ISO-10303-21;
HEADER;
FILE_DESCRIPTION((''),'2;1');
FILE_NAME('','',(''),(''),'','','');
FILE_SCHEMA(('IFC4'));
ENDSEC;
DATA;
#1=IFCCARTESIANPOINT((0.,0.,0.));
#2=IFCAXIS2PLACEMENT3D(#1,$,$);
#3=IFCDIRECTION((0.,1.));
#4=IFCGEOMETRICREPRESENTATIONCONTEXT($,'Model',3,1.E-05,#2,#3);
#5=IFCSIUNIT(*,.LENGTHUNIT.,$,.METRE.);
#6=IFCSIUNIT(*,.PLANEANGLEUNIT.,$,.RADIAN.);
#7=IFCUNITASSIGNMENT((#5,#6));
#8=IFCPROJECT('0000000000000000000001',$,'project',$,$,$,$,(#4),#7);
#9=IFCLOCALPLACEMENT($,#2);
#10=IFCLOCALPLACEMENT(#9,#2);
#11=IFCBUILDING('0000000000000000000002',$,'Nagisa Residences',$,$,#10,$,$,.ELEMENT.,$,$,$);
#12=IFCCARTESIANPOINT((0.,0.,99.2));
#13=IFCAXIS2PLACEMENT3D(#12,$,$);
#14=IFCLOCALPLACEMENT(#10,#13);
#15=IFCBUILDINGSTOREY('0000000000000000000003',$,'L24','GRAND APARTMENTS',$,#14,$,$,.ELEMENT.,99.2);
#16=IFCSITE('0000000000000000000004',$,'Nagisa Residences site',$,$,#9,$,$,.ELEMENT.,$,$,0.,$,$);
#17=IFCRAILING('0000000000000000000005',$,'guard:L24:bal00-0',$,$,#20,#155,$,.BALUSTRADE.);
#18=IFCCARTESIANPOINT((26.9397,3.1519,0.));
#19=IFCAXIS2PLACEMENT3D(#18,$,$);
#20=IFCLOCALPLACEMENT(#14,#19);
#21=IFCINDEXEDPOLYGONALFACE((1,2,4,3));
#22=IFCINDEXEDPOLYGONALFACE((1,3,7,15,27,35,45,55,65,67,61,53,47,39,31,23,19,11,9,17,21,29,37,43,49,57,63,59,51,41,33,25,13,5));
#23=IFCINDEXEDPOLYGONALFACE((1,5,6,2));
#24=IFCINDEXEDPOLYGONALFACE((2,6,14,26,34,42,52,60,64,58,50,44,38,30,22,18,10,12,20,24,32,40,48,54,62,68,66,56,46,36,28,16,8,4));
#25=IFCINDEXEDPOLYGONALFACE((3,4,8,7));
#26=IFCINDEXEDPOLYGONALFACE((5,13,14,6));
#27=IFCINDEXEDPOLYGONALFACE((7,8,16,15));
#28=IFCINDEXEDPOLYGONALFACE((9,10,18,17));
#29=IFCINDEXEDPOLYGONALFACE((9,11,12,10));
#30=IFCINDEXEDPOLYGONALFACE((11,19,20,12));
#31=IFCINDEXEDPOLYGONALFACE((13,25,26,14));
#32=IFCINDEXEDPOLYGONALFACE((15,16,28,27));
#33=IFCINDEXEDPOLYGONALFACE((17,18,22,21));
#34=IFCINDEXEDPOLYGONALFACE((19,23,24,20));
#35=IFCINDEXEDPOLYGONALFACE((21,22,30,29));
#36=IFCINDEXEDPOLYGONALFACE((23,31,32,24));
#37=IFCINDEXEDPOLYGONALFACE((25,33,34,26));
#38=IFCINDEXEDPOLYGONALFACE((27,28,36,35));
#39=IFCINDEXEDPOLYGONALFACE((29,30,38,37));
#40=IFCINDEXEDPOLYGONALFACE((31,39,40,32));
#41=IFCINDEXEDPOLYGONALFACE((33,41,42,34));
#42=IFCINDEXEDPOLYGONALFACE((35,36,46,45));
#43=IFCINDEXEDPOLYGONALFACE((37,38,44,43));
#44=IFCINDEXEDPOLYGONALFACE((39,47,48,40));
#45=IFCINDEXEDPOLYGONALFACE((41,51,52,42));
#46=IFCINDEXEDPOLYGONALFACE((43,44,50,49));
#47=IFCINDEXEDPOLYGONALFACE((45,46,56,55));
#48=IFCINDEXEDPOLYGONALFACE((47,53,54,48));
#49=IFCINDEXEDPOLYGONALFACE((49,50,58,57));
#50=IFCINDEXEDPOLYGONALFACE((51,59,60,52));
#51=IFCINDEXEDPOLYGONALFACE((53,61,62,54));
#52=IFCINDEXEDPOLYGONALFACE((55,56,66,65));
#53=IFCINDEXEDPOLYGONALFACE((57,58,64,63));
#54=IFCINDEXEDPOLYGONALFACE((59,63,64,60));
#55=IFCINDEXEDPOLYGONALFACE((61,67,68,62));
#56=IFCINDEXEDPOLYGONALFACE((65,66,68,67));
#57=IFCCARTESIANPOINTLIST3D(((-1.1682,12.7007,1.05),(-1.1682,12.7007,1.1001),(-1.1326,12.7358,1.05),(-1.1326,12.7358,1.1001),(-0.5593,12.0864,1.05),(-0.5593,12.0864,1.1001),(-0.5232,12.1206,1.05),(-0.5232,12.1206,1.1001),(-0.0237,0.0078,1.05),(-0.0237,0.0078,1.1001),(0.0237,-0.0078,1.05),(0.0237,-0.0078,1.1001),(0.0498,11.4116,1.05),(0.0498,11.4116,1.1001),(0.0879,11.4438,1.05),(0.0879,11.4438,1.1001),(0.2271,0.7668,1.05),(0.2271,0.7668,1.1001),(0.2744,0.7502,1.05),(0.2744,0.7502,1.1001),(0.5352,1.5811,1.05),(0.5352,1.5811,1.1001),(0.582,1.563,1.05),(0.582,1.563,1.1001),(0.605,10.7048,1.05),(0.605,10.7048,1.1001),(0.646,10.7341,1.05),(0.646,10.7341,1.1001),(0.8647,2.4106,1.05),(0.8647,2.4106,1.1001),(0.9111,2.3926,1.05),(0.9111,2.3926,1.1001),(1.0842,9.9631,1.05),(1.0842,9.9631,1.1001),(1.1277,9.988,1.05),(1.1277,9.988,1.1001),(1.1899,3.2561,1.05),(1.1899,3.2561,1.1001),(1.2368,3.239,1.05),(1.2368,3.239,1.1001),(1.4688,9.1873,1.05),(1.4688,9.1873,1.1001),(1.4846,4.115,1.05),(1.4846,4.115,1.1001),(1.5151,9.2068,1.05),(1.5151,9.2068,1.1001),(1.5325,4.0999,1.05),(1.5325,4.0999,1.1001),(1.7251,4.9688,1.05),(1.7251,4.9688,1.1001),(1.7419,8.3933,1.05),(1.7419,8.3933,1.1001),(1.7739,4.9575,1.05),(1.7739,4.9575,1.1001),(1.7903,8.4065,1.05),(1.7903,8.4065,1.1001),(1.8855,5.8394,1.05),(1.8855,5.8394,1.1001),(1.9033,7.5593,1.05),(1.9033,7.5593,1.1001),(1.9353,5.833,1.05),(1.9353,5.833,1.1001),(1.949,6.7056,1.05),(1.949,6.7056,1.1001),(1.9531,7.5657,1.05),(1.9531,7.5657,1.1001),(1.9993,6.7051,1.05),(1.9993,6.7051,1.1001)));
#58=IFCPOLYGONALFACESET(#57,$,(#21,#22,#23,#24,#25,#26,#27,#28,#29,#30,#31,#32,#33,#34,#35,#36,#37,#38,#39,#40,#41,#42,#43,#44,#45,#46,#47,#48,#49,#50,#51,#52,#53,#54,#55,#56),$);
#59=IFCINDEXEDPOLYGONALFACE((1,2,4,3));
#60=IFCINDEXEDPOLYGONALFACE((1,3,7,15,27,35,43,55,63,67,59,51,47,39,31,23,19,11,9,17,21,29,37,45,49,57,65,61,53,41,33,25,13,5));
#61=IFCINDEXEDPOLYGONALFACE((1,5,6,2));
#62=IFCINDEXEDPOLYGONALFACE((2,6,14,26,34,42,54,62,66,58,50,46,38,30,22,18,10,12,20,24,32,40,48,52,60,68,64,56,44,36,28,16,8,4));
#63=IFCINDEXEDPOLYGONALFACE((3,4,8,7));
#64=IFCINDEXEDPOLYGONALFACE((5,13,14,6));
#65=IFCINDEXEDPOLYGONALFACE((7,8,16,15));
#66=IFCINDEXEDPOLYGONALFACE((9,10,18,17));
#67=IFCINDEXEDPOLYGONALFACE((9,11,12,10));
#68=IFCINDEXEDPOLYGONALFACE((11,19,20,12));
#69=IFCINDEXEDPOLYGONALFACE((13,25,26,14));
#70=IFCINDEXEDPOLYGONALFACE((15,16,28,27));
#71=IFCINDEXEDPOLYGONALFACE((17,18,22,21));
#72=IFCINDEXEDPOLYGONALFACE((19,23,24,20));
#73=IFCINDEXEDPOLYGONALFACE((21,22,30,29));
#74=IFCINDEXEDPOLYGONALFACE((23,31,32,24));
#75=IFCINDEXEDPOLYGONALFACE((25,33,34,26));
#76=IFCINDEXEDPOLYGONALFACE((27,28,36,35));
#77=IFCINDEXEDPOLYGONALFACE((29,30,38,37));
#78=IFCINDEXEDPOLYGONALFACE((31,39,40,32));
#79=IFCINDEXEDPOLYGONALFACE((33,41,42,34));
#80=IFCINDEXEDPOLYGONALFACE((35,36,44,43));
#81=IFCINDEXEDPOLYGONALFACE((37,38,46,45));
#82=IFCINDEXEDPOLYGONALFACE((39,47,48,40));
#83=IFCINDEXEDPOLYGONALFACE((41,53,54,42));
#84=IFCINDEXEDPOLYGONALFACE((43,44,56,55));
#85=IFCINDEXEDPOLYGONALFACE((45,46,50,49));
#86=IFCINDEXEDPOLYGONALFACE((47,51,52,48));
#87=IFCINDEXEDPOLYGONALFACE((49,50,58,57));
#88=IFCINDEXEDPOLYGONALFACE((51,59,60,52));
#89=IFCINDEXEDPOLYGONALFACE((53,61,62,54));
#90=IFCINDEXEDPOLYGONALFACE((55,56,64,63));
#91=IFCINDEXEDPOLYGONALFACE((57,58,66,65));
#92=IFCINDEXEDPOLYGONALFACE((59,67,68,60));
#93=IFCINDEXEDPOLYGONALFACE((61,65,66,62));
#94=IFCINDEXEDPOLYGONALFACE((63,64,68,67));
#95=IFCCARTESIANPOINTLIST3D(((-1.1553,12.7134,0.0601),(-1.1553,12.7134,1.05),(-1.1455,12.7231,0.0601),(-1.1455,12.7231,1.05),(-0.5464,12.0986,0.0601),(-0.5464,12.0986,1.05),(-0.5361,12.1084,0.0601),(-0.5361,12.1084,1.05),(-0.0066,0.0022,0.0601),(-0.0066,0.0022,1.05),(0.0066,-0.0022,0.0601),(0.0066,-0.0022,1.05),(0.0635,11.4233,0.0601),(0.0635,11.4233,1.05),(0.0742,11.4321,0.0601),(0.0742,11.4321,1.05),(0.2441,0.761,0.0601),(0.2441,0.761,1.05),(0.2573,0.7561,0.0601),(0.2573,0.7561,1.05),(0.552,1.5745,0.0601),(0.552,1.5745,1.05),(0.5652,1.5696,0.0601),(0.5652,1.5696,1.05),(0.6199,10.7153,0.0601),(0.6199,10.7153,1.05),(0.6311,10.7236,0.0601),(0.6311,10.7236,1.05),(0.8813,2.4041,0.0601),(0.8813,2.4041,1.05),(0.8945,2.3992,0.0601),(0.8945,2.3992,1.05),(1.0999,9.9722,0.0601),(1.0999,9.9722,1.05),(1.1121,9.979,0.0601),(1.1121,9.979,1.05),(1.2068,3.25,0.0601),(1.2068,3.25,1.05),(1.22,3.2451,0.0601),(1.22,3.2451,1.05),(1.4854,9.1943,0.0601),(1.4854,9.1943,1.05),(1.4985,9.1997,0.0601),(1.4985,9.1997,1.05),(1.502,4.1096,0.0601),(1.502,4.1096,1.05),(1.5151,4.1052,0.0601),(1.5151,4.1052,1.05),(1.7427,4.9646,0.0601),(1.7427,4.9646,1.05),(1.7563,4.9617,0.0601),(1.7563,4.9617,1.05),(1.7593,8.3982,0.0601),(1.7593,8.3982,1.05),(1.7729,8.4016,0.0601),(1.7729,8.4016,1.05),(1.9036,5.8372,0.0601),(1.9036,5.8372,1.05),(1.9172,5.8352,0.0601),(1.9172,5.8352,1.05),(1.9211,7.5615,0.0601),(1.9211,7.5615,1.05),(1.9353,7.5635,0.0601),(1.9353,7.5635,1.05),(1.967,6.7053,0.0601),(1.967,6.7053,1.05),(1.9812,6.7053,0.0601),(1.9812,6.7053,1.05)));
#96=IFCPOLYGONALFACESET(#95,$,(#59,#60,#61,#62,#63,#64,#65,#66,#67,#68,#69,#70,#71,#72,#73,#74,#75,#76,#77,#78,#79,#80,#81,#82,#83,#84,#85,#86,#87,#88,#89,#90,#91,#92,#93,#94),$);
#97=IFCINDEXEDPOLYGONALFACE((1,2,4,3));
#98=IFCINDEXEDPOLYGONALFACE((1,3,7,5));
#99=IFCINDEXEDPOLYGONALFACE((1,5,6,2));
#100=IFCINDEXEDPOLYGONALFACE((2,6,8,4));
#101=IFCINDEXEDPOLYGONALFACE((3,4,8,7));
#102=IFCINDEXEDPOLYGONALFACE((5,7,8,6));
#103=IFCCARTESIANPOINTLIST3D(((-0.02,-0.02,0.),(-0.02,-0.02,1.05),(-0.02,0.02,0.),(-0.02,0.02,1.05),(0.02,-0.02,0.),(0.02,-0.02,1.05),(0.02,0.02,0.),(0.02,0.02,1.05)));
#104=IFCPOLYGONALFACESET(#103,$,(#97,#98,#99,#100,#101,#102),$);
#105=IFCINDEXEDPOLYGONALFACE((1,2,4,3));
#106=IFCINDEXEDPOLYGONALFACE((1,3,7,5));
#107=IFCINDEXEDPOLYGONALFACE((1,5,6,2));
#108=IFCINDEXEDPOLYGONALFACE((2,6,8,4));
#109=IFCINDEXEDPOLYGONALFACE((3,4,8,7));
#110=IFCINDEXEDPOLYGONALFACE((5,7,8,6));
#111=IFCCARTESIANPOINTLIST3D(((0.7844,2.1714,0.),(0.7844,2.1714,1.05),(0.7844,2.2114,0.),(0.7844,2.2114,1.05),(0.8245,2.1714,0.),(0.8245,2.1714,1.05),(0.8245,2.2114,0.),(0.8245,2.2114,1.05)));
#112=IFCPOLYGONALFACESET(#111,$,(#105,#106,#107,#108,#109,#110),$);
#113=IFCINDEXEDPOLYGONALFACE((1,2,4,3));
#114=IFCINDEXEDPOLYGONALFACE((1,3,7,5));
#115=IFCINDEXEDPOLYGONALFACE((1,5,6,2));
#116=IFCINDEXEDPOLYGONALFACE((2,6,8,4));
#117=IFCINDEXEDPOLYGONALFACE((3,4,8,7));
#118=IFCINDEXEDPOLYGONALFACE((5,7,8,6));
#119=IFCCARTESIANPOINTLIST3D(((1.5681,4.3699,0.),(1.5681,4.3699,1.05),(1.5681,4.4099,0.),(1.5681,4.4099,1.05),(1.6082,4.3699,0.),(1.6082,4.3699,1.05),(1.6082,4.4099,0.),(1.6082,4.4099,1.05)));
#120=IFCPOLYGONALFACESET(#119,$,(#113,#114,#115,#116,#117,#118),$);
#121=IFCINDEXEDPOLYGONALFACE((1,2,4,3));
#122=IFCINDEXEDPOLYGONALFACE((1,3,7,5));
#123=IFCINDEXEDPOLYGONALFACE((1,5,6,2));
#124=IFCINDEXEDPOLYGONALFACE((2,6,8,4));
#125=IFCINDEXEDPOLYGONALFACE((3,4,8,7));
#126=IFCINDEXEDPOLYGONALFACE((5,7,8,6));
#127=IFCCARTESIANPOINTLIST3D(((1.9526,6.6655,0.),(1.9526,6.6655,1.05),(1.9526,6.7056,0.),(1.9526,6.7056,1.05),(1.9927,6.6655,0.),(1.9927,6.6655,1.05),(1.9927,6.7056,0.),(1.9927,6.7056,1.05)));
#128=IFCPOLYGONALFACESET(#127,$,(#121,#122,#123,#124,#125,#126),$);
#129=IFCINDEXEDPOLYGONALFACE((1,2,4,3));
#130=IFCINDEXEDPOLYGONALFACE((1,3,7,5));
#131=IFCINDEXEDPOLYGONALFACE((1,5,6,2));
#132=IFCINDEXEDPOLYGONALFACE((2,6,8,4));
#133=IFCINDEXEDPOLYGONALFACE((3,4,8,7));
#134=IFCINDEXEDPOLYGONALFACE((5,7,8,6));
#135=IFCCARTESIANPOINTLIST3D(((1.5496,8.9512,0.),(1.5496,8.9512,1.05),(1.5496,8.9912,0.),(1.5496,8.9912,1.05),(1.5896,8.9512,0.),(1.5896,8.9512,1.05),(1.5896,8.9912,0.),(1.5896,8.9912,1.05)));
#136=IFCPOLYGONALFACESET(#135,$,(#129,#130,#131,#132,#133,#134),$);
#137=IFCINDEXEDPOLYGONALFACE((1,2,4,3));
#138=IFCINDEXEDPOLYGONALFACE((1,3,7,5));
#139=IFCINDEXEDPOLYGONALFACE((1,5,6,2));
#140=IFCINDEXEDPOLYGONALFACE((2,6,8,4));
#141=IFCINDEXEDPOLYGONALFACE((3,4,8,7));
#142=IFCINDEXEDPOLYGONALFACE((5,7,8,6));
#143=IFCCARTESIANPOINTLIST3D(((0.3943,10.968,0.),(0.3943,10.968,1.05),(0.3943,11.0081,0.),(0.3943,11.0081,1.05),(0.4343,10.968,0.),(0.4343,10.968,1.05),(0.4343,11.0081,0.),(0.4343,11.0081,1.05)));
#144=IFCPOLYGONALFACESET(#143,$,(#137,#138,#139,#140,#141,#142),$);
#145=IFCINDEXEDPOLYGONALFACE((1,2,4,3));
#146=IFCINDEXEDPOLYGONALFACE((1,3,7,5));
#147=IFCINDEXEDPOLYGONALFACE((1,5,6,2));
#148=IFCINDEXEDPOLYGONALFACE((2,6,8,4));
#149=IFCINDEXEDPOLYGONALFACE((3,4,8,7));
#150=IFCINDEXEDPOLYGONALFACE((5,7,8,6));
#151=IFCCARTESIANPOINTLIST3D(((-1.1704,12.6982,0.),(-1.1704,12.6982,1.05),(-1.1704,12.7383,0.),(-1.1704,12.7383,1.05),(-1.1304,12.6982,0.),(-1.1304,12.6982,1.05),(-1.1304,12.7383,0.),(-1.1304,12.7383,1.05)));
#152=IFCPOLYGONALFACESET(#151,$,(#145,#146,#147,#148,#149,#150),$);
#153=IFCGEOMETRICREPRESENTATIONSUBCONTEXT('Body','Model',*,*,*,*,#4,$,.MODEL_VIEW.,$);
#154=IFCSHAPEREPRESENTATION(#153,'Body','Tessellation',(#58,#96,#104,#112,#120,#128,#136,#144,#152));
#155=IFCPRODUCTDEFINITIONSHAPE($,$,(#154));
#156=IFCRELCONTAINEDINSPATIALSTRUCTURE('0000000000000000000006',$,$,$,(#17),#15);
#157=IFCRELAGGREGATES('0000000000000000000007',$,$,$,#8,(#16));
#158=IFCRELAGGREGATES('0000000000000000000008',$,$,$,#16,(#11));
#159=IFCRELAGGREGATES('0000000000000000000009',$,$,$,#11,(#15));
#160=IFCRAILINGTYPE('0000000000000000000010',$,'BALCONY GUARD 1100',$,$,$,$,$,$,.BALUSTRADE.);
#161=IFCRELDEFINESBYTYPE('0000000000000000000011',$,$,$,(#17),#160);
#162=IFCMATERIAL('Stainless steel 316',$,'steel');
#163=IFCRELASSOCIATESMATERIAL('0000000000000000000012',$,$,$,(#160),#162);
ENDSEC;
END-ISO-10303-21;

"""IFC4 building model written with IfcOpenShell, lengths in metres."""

from ifc_helpers import new_model, si_unit, direction, frame, origin, origin_2d, place, context, subcontext, project, spatial, polyline, rectangle, outline, extrude, material, type_object, element, save


model = new_model("IFC4")

# Units and contexts
model_context = context("Model", 3, precision=1e-05, world=origin(), true_north=direction((0.0, 1.0)))
body_context = subcontext(model_context, "Body", "Model", "MODEL_VIEW")
ifc_project = project(units=[si_unit("LENGTHUNIT", "METRE"), si_unit("PLANEANGLEUNIT", "RADIAN")], contexts=[model_context])

# Site, building, storey
site_placement = place(None, origin())
site = spatial("IfcSite", under=ifc_project, at=site_placement, Name="Nagisa Residences site", CompositionType="ELEMENT", RefElevation=0.0)
building_placement = place(site_placement, origin())
building = spatial("IfcBuilding", under=site, at=building_placement, Name="Nagisa Residences", CompositionType="ELEMENT")
storey_placement = place(building_placement, frame((0.0, 0.0, 99.2)))
storey = spatial("IfcBuildingStorey", under=building, at=storey_placement, Name="L24", Description="GRAND APARTMENTS", CompositionType="ELEMENT", Elevation=99.2)

# Railing
ifc_material_1 = material(Name="Stainless steel 316", Category="steel")
railing_type = type_object("IfcRailingType", Name="BALCONY GUARD 1100", PredefinedType="BALUSTRADE", material=ifc_material_1)
railing_placement = place(storey_placement, frame((26.9397, 3.1519, 0.0)))
element("IfcRailing", 1, at=railing_placement, inside=storey, type_object=railing_type, Name="guard:L24:bal00-0", PredefinedType="BALUSTRADE", context=body_context, shape_type="SweptSolid", body=[
    extrude(outline(polyline([(0.2271, 0.7668), (-0.0237, 0.0078), (0.0237, -0.0078), (0.2744, 0.7502), (0.582, 1.563), (0.9111, 2.3926), (1.2368, 3.239), (1.5325, 4.0999), (1.7739, 4.9575), (1.9353, 5.833), (1.9993, 6.7051), (1.9531, 7.5657), (1.7903, 8.4065), (1.5151, 9.2068), (1.1277, 9.988), (0.646, 10.7341), (0.0879, 11.4438), (-0.5232, 12.1206), (-1.1326, 12.7358), (-1.1682, 12.7007), (-0.5593, 12.0864), (0.0498, 11.4116), (0.605, 10.7048), (1.0842, 9.9631), (1.4688, 9.1873), (1.7419, 8.3933), (1.9033, 7.5593), (1.949, 6.7056), (1.8855, 5.8394), (1.7251, 4.9688), (1.4846, 4.115), (1.1899, 3.2561), (0.8647, 2.4106), (0.5352, 1.5811), (0.2271, 0.7668)])), frame((0.0, 0.0, 1.05)), (0.0, 0.0, 1.0), 0.05),
    extrude(outline(polyline([(0.2441, 0.761), (-0.0066, 0.0022), (0.0066, -0.0022), (0.2573, 0.7561), (0.5652, 1.5696), (0.8945, 2.3992), (1.22, 3.2451), (1.5151, 4.1052), (1.7563, 4.9617), (1.9172, 5.8352), (1.9812, 6.7053), (1.9353, 7.5635), (1.7729, 8.4016), (1.4985, 9.1997), (1.1121, 9.979), (0.6311, 10.7236), (0.0742, 11.4321), (-0.5361, 12.1084), (-1.1455, 12.7231), (-1.1553, 12.7134), (-0.5464, 12.0986), (0.0635, 11.4233), (0.6199, 10.7153), (1.0999, 9.9722), (1.4854, 9.1943), (1.7593, 8.3982), (1.9211, 7.5615), (1.967, 6.7053), (1.9036, 5.8372), (1.7427, 4.9646), (1.502, 4.1096), (1.2068, 3.25), (0.8813, 2.4041), (0.552, 1.5745), (0.2441, 0.761)])), frame((0.0, 0.0, 0.0601)), (0.0, 0.0, 1.0), 0.99),
    extrude(rectangle(XDim=0.04, YDim=0.04, at=origin_2d()), origin(), (0.0, 0.0, 1.0), 1.05),
    extrude(rectangle(XDim=0.04, YDim=0.04, at=origin_2d()), frame((0.8044, 2.1914, 0.0)), (0.0, 0.0, 1.0), 1.05),
    extrude(rectangle(XDim=0.04, YDim=0.04, at=origin_2d()), frame((1.5881, 4.3899, 0.0)), (0.0, 0.0, 1.0), 1.05),
    extrude(rectangle(XDim=0.04, YDim=0.04, at=origin_2d()), frame((1.9727, 6.6855, 0.0)), (0.0, 0.0, 1.0), 1.05),
    extrude(rectangle(XDim=0.04, YDim=0.04, at=origin_2d()), frame((1.5696, 8.9712, 0.0)), (0.0, 0.0, 1.0), 1.05),
    extrude(rectangle(XDim=0.04, YDim=0.04, at=origin_2d()), frame((0.4143, 10.988, 0.0)), (0.0, 0.0, 1.0), 1.05),
    extrude(rectangle(XDim=0.04, YDim=0.04, at=origin_2d()), frame((-1.1504, 12.7183, 0.0)), (0.0, 0.0, 1.0), 1.05),
])

save(model, "model.ifc")
